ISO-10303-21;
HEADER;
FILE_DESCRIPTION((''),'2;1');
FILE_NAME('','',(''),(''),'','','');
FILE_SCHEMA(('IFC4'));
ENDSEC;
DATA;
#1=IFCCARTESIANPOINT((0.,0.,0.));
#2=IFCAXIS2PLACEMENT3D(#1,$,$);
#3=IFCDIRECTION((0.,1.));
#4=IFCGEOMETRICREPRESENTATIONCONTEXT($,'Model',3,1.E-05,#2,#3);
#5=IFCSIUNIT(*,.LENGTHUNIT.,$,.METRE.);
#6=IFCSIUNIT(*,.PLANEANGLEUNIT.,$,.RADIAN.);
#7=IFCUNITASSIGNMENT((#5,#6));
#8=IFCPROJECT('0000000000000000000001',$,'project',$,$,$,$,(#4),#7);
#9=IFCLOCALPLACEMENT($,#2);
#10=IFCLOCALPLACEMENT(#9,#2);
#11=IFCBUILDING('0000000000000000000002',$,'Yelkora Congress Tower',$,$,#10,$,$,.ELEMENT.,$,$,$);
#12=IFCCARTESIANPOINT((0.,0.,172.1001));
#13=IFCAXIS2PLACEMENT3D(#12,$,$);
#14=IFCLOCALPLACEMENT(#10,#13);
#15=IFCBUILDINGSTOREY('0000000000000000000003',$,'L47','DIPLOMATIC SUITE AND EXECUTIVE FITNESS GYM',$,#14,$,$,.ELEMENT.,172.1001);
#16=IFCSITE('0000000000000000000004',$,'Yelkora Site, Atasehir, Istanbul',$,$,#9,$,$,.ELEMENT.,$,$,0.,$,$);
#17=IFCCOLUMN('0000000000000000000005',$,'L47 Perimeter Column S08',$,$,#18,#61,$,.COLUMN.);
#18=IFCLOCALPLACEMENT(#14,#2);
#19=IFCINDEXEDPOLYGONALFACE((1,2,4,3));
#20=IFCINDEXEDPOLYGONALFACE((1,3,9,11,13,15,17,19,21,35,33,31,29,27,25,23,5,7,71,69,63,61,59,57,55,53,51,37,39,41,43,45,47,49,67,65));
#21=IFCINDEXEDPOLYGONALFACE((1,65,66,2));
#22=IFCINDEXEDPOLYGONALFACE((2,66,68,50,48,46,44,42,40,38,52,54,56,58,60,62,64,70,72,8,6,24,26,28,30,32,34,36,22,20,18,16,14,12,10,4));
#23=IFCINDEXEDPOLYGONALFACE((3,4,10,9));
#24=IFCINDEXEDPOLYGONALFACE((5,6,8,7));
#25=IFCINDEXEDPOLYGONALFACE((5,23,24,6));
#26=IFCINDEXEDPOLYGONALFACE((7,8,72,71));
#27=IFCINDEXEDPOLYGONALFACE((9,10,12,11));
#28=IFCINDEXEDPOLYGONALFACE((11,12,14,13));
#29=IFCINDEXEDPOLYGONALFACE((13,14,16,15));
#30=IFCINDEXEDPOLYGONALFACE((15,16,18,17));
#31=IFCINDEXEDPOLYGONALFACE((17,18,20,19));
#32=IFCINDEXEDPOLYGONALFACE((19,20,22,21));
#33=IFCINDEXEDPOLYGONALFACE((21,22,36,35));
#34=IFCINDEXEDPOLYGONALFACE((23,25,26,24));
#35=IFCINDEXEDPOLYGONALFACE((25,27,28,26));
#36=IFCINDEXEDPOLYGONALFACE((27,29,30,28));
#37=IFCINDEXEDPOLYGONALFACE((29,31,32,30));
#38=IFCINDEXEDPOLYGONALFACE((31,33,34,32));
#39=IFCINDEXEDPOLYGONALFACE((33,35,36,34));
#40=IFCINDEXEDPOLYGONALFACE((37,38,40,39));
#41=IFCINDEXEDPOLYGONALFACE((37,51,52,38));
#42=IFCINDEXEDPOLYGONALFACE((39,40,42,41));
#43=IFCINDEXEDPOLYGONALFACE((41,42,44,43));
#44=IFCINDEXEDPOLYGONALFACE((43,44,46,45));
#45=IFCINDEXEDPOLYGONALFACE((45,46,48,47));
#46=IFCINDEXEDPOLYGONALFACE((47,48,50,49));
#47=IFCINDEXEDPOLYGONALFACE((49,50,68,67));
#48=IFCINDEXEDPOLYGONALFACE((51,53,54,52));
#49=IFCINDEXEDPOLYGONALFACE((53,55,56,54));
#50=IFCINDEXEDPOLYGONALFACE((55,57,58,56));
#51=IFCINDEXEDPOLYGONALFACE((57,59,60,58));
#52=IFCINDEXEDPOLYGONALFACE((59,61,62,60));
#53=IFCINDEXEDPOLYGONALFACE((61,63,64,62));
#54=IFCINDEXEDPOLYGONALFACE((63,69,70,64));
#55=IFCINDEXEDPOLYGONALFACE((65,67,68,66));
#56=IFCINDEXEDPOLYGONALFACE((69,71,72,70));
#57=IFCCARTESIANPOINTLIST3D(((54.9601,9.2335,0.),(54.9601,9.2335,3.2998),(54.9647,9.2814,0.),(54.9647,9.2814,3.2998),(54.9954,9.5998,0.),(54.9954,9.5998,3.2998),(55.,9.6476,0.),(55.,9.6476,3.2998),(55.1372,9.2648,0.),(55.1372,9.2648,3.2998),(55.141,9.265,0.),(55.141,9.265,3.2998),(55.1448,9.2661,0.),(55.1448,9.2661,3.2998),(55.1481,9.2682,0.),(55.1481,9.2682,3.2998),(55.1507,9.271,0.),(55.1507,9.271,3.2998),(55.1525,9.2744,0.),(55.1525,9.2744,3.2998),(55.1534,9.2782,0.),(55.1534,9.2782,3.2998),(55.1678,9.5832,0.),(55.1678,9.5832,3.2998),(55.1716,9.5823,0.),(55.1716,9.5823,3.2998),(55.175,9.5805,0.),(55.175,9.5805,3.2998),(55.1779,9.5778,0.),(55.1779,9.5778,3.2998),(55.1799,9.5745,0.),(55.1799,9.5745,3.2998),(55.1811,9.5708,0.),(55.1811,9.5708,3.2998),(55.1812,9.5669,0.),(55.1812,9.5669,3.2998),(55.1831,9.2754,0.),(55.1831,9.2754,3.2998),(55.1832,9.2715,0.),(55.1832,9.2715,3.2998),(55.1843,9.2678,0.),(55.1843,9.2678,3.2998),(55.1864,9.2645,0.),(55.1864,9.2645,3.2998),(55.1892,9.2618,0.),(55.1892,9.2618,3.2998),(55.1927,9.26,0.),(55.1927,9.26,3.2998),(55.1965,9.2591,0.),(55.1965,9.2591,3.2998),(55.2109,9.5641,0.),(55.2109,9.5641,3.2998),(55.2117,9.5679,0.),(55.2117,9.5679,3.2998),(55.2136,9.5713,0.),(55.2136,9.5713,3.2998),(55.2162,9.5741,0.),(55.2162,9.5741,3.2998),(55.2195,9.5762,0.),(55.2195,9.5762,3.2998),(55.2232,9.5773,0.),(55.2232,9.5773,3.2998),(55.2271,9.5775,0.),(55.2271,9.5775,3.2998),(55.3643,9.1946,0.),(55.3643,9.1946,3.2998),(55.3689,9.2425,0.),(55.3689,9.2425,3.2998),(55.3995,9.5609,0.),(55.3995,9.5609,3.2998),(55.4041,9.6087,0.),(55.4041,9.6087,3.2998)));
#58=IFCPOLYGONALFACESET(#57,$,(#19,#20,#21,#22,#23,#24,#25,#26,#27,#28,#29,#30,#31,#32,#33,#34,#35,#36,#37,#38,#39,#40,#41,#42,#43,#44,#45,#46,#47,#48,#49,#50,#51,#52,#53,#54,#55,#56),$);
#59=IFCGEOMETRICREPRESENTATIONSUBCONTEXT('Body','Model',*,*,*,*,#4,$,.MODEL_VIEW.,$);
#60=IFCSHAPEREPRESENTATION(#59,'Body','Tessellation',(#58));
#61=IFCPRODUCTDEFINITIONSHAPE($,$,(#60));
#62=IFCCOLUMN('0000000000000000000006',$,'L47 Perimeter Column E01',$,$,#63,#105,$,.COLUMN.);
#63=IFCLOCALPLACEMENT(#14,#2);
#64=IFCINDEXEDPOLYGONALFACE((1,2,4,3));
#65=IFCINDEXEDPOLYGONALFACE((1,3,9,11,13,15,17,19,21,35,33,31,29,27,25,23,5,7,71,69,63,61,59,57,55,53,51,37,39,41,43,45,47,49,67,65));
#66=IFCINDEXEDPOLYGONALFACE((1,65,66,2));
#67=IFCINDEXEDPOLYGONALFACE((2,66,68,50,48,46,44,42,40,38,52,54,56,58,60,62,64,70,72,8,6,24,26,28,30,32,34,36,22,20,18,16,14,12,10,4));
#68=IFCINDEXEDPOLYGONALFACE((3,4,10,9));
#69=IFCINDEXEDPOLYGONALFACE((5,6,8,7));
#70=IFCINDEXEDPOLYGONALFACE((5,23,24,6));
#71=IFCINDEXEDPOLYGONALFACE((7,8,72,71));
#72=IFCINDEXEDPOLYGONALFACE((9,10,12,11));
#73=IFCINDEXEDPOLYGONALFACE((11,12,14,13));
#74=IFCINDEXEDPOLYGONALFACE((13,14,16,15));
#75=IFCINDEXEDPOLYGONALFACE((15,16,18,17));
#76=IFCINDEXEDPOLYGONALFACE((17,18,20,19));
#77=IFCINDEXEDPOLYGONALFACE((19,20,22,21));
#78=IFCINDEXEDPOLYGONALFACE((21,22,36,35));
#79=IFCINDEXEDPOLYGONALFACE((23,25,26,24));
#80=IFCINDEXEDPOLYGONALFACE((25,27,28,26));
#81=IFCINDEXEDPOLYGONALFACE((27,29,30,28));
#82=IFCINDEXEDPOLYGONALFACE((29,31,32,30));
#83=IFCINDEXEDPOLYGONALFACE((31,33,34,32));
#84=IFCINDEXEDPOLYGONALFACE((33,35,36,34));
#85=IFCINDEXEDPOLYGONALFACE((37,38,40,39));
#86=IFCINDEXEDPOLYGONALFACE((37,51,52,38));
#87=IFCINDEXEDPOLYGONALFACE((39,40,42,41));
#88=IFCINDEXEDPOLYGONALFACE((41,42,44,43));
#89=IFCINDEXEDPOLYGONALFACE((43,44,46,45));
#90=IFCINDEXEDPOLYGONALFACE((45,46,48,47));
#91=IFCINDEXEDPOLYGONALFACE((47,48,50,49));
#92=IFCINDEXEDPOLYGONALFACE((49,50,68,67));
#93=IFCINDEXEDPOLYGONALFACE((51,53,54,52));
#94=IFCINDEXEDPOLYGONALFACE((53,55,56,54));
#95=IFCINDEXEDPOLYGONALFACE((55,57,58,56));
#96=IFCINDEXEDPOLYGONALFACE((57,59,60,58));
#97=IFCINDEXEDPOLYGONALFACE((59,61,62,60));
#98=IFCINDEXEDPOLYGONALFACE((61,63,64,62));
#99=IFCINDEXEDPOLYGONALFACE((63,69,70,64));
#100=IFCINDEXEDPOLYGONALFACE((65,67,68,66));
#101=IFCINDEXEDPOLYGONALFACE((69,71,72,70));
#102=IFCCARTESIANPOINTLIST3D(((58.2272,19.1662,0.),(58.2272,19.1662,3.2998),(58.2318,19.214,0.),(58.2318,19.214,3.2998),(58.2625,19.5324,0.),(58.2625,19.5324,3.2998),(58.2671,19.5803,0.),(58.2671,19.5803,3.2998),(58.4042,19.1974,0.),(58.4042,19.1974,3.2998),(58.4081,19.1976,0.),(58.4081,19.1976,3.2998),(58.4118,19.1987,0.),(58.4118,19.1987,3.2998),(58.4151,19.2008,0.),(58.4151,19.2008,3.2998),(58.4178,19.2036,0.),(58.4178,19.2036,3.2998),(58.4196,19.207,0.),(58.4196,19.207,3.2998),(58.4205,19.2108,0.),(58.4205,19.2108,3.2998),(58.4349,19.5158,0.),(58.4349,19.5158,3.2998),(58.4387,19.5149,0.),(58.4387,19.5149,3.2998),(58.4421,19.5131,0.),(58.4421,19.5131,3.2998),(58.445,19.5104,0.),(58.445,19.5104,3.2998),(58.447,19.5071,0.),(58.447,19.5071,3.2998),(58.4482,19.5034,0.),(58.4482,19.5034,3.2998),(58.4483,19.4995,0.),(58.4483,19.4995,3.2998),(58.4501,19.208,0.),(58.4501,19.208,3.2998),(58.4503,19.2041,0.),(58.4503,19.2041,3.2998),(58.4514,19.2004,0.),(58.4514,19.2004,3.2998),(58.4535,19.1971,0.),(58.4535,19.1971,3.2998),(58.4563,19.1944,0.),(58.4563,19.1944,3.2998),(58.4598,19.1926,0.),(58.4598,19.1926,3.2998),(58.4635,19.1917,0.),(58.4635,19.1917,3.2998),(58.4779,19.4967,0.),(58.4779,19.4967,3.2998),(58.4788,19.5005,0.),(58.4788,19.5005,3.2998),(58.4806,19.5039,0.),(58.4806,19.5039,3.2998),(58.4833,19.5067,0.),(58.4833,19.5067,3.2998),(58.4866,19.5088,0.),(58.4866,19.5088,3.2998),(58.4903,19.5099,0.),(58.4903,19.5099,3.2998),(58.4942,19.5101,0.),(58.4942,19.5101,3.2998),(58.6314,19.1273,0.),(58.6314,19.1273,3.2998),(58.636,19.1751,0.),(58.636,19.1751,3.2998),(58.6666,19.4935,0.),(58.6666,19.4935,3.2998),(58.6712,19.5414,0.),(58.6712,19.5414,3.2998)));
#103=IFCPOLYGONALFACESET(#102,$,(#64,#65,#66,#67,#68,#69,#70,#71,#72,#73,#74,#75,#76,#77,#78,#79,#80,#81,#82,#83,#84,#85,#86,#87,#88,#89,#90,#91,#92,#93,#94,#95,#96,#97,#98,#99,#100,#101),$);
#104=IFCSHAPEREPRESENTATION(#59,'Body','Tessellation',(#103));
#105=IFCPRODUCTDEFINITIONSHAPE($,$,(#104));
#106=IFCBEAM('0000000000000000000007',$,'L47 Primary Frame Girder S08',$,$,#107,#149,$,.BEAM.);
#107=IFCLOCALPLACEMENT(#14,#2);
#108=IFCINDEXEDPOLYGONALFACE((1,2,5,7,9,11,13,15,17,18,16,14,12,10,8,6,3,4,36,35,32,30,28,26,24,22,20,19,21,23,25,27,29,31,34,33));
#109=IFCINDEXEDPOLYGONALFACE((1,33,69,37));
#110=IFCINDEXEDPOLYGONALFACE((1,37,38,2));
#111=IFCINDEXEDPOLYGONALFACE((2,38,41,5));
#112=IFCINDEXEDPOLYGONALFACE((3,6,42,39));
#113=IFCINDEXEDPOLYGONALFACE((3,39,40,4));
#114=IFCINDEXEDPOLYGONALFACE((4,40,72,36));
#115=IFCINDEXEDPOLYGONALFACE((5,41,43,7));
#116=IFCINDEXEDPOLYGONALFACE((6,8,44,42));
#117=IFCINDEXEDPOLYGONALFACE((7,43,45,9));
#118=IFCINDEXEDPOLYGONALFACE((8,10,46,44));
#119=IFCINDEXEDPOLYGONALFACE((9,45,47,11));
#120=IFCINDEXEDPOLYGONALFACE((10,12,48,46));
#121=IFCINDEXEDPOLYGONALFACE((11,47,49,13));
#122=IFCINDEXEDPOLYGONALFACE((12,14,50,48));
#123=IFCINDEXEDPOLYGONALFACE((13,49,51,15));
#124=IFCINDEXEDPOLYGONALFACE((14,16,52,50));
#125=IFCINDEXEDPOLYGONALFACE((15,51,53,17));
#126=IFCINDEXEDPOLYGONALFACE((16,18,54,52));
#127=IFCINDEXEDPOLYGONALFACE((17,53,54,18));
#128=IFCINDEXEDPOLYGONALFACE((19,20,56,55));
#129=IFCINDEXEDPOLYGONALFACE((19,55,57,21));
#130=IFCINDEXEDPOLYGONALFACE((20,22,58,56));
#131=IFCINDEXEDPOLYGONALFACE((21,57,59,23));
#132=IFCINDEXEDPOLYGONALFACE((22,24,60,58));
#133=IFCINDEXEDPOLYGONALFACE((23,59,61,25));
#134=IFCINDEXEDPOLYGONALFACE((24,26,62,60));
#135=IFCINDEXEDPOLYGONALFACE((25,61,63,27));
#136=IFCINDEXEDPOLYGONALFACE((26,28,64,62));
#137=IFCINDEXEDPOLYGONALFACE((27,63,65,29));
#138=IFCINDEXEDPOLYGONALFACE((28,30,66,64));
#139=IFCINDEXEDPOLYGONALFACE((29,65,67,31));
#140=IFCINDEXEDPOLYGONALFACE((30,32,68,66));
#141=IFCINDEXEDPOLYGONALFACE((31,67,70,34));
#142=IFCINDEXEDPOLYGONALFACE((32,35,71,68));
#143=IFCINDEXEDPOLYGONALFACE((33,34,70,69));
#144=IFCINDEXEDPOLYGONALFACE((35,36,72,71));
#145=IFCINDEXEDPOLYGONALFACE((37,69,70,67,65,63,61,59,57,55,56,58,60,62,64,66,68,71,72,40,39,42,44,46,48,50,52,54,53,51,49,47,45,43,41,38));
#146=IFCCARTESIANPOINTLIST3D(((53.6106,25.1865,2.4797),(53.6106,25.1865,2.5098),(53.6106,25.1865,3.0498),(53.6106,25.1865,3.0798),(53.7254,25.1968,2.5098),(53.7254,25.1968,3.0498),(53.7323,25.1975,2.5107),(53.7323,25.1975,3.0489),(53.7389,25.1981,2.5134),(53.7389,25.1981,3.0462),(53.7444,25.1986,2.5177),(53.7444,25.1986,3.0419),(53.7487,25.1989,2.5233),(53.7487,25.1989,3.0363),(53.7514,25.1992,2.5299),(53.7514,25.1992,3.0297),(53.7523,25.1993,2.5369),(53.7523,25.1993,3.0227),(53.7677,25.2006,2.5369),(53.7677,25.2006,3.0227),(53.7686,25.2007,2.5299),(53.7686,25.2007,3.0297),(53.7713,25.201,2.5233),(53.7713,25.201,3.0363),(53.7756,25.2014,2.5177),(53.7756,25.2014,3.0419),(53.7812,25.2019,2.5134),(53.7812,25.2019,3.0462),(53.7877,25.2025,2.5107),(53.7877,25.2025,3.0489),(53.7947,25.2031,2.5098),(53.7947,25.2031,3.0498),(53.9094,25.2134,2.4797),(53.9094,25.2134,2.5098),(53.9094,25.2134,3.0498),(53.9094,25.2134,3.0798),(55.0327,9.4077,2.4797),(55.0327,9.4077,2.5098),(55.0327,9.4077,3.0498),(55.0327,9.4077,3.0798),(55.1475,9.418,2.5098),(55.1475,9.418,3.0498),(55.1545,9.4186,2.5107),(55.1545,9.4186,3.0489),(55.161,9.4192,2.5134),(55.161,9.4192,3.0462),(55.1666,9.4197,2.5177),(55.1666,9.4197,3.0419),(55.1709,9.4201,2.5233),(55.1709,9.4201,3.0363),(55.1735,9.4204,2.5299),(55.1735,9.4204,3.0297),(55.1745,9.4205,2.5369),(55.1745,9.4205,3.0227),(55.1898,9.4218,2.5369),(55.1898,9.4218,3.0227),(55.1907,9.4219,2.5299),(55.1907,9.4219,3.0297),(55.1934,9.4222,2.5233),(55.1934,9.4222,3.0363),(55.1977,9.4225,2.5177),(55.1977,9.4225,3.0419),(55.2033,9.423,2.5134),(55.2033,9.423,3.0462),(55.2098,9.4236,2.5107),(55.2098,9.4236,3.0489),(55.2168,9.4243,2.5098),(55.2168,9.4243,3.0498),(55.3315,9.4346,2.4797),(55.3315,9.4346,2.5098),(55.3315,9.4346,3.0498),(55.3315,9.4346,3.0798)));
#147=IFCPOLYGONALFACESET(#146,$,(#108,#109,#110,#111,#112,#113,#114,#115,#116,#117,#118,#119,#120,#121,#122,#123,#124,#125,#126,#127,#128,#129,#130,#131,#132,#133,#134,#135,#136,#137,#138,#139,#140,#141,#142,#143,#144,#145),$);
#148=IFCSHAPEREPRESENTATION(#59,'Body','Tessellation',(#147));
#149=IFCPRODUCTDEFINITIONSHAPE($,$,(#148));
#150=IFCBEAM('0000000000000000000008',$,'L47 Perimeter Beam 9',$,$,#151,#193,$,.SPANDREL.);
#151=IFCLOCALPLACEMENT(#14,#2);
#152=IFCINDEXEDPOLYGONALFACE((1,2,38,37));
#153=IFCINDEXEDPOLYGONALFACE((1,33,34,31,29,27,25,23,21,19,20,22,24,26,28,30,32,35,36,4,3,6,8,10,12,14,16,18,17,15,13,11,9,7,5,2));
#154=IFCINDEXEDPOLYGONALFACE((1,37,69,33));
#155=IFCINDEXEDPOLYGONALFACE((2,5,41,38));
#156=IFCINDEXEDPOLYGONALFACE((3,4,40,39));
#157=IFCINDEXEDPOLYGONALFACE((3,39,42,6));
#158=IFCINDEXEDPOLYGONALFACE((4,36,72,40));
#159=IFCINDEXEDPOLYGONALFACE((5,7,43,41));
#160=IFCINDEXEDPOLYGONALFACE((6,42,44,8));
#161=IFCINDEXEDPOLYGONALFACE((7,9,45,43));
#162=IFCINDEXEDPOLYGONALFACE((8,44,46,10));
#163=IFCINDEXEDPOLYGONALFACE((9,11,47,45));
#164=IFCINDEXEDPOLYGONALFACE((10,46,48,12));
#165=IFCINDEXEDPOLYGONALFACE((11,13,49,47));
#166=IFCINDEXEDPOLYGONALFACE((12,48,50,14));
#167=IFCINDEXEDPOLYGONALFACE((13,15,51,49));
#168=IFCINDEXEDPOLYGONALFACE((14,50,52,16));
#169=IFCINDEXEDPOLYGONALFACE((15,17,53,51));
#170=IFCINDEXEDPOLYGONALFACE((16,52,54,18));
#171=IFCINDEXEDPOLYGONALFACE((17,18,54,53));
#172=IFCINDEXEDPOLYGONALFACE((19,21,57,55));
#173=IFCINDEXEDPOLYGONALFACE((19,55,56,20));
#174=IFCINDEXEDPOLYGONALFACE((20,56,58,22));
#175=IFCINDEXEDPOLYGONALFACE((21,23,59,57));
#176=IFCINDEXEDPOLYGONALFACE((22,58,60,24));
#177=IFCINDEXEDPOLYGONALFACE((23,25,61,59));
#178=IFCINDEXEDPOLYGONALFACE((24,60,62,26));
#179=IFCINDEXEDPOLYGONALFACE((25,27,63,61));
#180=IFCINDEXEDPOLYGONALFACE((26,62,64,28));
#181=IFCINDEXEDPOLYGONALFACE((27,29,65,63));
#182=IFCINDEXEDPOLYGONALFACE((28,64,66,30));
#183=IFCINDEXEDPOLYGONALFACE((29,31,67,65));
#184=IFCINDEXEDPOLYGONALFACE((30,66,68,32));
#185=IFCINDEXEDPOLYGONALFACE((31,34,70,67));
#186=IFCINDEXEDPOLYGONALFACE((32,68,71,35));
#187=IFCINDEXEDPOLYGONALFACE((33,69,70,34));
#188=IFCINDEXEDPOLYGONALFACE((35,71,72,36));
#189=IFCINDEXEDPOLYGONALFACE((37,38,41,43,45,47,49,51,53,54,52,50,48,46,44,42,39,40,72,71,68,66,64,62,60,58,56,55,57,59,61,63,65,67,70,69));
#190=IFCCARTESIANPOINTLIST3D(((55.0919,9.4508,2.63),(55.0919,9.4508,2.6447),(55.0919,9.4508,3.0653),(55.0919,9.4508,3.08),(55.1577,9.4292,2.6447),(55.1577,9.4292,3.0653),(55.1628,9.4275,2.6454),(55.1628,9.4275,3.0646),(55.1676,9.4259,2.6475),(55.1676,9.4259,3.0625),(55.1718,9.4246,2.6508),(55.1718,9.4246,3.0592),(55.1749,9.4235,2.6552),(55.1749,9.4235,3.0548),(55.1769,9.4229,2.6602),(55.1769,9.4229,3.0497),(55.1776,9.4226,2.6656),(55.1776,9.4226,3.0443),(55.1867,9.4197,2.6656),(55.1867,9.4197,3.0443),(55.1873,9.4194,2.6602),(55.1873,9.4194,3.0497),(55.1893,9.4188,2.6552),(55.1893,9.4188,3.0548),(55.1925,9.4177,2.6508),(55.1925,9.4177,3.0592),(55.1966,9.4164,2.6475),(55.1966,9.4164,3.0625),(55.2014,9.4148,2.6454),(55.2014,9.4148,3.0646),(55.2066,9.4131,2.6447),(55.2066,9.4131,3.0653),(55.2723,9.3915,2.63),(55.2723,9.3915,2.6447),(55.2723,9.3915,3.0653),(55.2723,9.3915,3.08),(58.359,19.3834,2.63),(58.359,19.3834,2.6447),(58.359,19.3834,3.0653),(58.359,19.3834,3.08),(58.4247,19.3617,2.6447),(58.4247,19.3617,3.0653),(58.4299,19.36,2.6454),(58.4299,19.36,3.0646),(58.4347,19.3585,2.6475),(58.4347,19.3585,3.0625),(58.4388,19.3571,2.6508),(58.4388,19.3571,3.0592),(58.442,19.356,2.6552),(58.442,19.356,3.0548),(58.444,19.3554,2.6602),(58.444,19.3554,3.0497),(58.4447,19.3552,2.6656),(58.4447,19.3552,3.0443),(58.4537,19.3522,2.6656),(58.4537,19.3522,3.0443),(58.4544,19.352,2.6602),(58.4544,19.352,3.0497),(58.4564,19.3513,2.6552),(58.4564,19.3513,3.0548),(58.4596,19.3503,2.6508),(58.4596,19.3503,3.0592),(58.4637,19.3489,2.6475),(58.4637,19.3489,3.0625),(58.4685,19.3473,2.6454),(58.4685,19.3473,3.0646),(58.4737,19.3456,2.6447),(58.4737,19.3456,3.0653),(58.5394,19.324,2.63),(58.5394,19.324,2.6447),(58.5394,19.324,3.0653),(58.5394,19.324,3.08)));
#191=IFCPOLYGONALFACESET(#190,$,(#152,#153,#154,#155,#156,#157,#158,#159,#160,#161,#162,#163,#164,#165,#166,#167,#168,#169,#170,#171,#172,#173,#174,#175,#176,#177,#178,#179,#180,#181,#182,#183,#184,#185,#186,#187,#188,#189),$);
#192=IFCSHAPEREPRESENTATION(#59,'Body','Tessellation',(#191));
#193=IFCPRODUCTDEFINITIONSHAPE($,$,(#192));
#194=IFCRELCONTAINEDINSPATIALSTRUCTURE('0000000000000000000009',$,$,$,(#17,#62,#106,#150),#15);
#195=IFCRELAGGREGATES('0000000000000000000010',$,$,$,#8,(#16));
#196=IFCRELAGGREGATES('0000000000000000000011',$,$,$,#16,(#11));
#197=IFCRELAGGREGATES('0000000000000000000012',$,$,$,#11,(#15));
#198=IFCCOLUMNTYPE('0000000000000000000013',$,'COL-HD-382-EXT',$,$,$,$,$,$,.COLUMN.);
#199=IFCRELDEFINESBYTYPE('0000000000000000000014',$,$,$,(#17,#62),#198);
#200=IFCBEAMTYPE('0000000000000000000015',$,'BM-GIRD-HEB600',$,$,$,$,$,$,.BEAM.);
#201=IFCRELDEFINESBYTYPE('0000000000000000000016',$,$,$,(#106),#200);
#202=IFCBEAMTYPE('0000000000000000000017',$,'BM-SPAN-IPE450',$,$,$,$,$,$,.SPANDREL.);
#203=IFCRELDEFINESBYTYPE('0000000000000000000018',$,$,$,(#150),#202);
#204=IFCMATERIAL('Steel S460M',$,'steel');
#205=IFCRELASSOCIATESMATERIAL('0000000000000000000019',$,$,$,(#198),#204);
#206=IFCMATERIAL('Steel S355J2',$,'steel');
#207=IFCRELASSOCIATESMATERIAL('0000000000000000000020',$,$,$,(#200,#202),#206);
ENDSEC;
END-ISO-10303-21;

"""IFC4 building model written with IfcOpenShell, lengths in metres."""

from ifc_helpers import new_model, si_unit, direction, frame, origin, origin_2d, place, context, subcontext, project, spatial, i_section, extrude, material, material_profile, profile_set, type_object, element, save


model = new_model("IFC4")

# Units and contexts
model_context = context("Model", 3, precision=1e-05, world=origin(), true_north=direction((0.0, 1.0)))
body_context = subcontext(model_context, "Body", "Model", "MODEL_VIEW")
ifc_project = project(units=[si_unit("LENGTHUNIT", "METRE"), si_unit("PLANEANGLEUNIT", "RADIAN")], contexts=[model_context])

# Site, building, storey
site_placement = place(None, origin())
site = spatial("IfcSite", under=ifc_project, at=site_placement, Name="Yelkora Site, Atasehir, Istanbul", CompositionType="ELEMENT", RefElevation=0.0)
building_placement = place(site_placement, origin())
building = spatial("IfcBuilding", under=site, at=building_placement, Name="Yelkora Congress Tower", CompositionType="ELEMENT")
storey_placement = place(building_placement, frame((0.0, 0.0, 172.1001)))
storey = spatial("IfcBuildingStorey", under=building, at=storey_placement, Name="L47", Description="DIPLOMATIC SUITE AND EXECUTIVE FITNESS GYM", CompositionType="ELEMENT", Elevation=172.1001)

# Columns
ifc_material_1 = material(Name="Steel S460M", Category="steel")
ifc_material_profile_1 = material_profile(ifc_material_1, i_section(OverallWidth=0.406, OverallDepth=0.416, WebThickness=0.0298, FlangeThickness=0.0481, FilletRadius=0.0149, at=origin_2d()), Name="HD 400x382")
ifc_profile_set_1 = profile_set([ifc_material_profile_1], Name="Steel S460M")
column_type = type_object("IfcColumnType", Name="COL-HD-382-EXT", PredefinedType="COLUMN", material=ifc_profile_set_1)
for number, where, z_axis, x_axis, name in (
    (1, (55.1821, 9.4211, 0.0), (0.0, 0.0, 1.0), (0.995396, -0.095846, 0.0), "L47 Perimeter Column S08"),
    (2, (58.4492, 19.3538, 0.0), (0.0, 0.0, 1.0), (0.995396, -0.095846, 0.0), "L47 Perimeter Column E01"),
):
    element("IfcColumn", number, at=place(storey_placement, frame(where, z_axis=z_axis, x_axis=x_axis)), inside=storey, type_object=column_type, Name=name, PredefinedType="COLUMN", context=body_context, shape_type="SweptSolid", body=[
        extrude(i_section(OverallWidth=0.406, OverallDepth=0.416, WebThickness=0.0298, FlangeThickness=0.0481, FilletRadius=0.0149, at=origin_2d()), origin(), (0.0, 0.0, 1.0), 3.2998),
    ])

# Beams
ifc_material_2 = material(Name="Steel S355J2", Category="steel")
ifc_material_profile_2 = material_profile(ifc_material_2, i_section(OverallWidth=0.3, OverallDepth=0.6001, WebThickness=0.0154, FlangeThickness=0.03, FilletRadius=0.0271, at=origin_2d()), Name="HEB 600")
ifc_profile_set_2 = profile_set([ifc_material_profile_2], Name="Steel S355J2")
beam_type_1 = type_object("IfcBeamType", Name="BM-GIRD-HEB600", PredefinedType="BEAM", material=ifc_profile_set_2)
beam_1_placement = place(storey_placement, frame((55.1821, 9.4211, 2.7798), z_axis=(-0.089765, 0.995963, 0.0), x_axis=(-0.995963, -0.089765, 0.0)))
element("IfcBeam", 3, at=beam_1_placement, inside=storey, type_object=beam_type_1, Name="L47 Primary Frame Girder S08", PredefinedType="BEAM", context=body_context, shape_type="SweptSolid", body=[
    extrude(i_section(OverallWidth=0.3, OverallDepth=0.6001, WebThickness=0.0154, FlangeThickness=0.03, FilletRadius=0.0271, at=origin_2d()), origin(), (0.0, 0.0, 1.0), 15.8428),
])
ifc_material_profile_3 = material_profile(ifc_material_2, i_section(OverallWidth=0.1899, OverallDepth=0.45, WebThickness=0.0095, FlangeThickness=0.0146, FilletRadius=0.021, at=origin_2d()), Name="IPE 450")
ifc_profile_set_3 = profile_set([ifc_material_profile_3], Name="Steel S355J2")
beam_type_2 = type_object("IfcBeamType", Name="BM-SPAN-IPE450", PredefinedType="SPANDREL", material=ifc_profile_set_3)
beam_2_placement = place(storey_placement, frame((55.1821, 9.4211, 2.855), z_axis=(0.312457, 0.949932, 0.0), x_axis=(-0.949932, 0.312457, 0.0)))
element("IfcBeam", 4, at=beam_2_placement, inside=storey, type_object=beam_type_2, Name="L47 Perimeter Beam 9", PredefinedType="SPANDREL", context=body_context, shape_type="SweptSolid", body=[
    extrude(i_section(OverallWidth=0.1899, OverallDepth=0.45, WebThickness=0.0095, FlangeThickness=0.0146, FilletRadius=0.021, at=origin_2d()), origin(), (0.0, 0.0, 1.0), 10.4561),
])

save(model, "model.ifc")
